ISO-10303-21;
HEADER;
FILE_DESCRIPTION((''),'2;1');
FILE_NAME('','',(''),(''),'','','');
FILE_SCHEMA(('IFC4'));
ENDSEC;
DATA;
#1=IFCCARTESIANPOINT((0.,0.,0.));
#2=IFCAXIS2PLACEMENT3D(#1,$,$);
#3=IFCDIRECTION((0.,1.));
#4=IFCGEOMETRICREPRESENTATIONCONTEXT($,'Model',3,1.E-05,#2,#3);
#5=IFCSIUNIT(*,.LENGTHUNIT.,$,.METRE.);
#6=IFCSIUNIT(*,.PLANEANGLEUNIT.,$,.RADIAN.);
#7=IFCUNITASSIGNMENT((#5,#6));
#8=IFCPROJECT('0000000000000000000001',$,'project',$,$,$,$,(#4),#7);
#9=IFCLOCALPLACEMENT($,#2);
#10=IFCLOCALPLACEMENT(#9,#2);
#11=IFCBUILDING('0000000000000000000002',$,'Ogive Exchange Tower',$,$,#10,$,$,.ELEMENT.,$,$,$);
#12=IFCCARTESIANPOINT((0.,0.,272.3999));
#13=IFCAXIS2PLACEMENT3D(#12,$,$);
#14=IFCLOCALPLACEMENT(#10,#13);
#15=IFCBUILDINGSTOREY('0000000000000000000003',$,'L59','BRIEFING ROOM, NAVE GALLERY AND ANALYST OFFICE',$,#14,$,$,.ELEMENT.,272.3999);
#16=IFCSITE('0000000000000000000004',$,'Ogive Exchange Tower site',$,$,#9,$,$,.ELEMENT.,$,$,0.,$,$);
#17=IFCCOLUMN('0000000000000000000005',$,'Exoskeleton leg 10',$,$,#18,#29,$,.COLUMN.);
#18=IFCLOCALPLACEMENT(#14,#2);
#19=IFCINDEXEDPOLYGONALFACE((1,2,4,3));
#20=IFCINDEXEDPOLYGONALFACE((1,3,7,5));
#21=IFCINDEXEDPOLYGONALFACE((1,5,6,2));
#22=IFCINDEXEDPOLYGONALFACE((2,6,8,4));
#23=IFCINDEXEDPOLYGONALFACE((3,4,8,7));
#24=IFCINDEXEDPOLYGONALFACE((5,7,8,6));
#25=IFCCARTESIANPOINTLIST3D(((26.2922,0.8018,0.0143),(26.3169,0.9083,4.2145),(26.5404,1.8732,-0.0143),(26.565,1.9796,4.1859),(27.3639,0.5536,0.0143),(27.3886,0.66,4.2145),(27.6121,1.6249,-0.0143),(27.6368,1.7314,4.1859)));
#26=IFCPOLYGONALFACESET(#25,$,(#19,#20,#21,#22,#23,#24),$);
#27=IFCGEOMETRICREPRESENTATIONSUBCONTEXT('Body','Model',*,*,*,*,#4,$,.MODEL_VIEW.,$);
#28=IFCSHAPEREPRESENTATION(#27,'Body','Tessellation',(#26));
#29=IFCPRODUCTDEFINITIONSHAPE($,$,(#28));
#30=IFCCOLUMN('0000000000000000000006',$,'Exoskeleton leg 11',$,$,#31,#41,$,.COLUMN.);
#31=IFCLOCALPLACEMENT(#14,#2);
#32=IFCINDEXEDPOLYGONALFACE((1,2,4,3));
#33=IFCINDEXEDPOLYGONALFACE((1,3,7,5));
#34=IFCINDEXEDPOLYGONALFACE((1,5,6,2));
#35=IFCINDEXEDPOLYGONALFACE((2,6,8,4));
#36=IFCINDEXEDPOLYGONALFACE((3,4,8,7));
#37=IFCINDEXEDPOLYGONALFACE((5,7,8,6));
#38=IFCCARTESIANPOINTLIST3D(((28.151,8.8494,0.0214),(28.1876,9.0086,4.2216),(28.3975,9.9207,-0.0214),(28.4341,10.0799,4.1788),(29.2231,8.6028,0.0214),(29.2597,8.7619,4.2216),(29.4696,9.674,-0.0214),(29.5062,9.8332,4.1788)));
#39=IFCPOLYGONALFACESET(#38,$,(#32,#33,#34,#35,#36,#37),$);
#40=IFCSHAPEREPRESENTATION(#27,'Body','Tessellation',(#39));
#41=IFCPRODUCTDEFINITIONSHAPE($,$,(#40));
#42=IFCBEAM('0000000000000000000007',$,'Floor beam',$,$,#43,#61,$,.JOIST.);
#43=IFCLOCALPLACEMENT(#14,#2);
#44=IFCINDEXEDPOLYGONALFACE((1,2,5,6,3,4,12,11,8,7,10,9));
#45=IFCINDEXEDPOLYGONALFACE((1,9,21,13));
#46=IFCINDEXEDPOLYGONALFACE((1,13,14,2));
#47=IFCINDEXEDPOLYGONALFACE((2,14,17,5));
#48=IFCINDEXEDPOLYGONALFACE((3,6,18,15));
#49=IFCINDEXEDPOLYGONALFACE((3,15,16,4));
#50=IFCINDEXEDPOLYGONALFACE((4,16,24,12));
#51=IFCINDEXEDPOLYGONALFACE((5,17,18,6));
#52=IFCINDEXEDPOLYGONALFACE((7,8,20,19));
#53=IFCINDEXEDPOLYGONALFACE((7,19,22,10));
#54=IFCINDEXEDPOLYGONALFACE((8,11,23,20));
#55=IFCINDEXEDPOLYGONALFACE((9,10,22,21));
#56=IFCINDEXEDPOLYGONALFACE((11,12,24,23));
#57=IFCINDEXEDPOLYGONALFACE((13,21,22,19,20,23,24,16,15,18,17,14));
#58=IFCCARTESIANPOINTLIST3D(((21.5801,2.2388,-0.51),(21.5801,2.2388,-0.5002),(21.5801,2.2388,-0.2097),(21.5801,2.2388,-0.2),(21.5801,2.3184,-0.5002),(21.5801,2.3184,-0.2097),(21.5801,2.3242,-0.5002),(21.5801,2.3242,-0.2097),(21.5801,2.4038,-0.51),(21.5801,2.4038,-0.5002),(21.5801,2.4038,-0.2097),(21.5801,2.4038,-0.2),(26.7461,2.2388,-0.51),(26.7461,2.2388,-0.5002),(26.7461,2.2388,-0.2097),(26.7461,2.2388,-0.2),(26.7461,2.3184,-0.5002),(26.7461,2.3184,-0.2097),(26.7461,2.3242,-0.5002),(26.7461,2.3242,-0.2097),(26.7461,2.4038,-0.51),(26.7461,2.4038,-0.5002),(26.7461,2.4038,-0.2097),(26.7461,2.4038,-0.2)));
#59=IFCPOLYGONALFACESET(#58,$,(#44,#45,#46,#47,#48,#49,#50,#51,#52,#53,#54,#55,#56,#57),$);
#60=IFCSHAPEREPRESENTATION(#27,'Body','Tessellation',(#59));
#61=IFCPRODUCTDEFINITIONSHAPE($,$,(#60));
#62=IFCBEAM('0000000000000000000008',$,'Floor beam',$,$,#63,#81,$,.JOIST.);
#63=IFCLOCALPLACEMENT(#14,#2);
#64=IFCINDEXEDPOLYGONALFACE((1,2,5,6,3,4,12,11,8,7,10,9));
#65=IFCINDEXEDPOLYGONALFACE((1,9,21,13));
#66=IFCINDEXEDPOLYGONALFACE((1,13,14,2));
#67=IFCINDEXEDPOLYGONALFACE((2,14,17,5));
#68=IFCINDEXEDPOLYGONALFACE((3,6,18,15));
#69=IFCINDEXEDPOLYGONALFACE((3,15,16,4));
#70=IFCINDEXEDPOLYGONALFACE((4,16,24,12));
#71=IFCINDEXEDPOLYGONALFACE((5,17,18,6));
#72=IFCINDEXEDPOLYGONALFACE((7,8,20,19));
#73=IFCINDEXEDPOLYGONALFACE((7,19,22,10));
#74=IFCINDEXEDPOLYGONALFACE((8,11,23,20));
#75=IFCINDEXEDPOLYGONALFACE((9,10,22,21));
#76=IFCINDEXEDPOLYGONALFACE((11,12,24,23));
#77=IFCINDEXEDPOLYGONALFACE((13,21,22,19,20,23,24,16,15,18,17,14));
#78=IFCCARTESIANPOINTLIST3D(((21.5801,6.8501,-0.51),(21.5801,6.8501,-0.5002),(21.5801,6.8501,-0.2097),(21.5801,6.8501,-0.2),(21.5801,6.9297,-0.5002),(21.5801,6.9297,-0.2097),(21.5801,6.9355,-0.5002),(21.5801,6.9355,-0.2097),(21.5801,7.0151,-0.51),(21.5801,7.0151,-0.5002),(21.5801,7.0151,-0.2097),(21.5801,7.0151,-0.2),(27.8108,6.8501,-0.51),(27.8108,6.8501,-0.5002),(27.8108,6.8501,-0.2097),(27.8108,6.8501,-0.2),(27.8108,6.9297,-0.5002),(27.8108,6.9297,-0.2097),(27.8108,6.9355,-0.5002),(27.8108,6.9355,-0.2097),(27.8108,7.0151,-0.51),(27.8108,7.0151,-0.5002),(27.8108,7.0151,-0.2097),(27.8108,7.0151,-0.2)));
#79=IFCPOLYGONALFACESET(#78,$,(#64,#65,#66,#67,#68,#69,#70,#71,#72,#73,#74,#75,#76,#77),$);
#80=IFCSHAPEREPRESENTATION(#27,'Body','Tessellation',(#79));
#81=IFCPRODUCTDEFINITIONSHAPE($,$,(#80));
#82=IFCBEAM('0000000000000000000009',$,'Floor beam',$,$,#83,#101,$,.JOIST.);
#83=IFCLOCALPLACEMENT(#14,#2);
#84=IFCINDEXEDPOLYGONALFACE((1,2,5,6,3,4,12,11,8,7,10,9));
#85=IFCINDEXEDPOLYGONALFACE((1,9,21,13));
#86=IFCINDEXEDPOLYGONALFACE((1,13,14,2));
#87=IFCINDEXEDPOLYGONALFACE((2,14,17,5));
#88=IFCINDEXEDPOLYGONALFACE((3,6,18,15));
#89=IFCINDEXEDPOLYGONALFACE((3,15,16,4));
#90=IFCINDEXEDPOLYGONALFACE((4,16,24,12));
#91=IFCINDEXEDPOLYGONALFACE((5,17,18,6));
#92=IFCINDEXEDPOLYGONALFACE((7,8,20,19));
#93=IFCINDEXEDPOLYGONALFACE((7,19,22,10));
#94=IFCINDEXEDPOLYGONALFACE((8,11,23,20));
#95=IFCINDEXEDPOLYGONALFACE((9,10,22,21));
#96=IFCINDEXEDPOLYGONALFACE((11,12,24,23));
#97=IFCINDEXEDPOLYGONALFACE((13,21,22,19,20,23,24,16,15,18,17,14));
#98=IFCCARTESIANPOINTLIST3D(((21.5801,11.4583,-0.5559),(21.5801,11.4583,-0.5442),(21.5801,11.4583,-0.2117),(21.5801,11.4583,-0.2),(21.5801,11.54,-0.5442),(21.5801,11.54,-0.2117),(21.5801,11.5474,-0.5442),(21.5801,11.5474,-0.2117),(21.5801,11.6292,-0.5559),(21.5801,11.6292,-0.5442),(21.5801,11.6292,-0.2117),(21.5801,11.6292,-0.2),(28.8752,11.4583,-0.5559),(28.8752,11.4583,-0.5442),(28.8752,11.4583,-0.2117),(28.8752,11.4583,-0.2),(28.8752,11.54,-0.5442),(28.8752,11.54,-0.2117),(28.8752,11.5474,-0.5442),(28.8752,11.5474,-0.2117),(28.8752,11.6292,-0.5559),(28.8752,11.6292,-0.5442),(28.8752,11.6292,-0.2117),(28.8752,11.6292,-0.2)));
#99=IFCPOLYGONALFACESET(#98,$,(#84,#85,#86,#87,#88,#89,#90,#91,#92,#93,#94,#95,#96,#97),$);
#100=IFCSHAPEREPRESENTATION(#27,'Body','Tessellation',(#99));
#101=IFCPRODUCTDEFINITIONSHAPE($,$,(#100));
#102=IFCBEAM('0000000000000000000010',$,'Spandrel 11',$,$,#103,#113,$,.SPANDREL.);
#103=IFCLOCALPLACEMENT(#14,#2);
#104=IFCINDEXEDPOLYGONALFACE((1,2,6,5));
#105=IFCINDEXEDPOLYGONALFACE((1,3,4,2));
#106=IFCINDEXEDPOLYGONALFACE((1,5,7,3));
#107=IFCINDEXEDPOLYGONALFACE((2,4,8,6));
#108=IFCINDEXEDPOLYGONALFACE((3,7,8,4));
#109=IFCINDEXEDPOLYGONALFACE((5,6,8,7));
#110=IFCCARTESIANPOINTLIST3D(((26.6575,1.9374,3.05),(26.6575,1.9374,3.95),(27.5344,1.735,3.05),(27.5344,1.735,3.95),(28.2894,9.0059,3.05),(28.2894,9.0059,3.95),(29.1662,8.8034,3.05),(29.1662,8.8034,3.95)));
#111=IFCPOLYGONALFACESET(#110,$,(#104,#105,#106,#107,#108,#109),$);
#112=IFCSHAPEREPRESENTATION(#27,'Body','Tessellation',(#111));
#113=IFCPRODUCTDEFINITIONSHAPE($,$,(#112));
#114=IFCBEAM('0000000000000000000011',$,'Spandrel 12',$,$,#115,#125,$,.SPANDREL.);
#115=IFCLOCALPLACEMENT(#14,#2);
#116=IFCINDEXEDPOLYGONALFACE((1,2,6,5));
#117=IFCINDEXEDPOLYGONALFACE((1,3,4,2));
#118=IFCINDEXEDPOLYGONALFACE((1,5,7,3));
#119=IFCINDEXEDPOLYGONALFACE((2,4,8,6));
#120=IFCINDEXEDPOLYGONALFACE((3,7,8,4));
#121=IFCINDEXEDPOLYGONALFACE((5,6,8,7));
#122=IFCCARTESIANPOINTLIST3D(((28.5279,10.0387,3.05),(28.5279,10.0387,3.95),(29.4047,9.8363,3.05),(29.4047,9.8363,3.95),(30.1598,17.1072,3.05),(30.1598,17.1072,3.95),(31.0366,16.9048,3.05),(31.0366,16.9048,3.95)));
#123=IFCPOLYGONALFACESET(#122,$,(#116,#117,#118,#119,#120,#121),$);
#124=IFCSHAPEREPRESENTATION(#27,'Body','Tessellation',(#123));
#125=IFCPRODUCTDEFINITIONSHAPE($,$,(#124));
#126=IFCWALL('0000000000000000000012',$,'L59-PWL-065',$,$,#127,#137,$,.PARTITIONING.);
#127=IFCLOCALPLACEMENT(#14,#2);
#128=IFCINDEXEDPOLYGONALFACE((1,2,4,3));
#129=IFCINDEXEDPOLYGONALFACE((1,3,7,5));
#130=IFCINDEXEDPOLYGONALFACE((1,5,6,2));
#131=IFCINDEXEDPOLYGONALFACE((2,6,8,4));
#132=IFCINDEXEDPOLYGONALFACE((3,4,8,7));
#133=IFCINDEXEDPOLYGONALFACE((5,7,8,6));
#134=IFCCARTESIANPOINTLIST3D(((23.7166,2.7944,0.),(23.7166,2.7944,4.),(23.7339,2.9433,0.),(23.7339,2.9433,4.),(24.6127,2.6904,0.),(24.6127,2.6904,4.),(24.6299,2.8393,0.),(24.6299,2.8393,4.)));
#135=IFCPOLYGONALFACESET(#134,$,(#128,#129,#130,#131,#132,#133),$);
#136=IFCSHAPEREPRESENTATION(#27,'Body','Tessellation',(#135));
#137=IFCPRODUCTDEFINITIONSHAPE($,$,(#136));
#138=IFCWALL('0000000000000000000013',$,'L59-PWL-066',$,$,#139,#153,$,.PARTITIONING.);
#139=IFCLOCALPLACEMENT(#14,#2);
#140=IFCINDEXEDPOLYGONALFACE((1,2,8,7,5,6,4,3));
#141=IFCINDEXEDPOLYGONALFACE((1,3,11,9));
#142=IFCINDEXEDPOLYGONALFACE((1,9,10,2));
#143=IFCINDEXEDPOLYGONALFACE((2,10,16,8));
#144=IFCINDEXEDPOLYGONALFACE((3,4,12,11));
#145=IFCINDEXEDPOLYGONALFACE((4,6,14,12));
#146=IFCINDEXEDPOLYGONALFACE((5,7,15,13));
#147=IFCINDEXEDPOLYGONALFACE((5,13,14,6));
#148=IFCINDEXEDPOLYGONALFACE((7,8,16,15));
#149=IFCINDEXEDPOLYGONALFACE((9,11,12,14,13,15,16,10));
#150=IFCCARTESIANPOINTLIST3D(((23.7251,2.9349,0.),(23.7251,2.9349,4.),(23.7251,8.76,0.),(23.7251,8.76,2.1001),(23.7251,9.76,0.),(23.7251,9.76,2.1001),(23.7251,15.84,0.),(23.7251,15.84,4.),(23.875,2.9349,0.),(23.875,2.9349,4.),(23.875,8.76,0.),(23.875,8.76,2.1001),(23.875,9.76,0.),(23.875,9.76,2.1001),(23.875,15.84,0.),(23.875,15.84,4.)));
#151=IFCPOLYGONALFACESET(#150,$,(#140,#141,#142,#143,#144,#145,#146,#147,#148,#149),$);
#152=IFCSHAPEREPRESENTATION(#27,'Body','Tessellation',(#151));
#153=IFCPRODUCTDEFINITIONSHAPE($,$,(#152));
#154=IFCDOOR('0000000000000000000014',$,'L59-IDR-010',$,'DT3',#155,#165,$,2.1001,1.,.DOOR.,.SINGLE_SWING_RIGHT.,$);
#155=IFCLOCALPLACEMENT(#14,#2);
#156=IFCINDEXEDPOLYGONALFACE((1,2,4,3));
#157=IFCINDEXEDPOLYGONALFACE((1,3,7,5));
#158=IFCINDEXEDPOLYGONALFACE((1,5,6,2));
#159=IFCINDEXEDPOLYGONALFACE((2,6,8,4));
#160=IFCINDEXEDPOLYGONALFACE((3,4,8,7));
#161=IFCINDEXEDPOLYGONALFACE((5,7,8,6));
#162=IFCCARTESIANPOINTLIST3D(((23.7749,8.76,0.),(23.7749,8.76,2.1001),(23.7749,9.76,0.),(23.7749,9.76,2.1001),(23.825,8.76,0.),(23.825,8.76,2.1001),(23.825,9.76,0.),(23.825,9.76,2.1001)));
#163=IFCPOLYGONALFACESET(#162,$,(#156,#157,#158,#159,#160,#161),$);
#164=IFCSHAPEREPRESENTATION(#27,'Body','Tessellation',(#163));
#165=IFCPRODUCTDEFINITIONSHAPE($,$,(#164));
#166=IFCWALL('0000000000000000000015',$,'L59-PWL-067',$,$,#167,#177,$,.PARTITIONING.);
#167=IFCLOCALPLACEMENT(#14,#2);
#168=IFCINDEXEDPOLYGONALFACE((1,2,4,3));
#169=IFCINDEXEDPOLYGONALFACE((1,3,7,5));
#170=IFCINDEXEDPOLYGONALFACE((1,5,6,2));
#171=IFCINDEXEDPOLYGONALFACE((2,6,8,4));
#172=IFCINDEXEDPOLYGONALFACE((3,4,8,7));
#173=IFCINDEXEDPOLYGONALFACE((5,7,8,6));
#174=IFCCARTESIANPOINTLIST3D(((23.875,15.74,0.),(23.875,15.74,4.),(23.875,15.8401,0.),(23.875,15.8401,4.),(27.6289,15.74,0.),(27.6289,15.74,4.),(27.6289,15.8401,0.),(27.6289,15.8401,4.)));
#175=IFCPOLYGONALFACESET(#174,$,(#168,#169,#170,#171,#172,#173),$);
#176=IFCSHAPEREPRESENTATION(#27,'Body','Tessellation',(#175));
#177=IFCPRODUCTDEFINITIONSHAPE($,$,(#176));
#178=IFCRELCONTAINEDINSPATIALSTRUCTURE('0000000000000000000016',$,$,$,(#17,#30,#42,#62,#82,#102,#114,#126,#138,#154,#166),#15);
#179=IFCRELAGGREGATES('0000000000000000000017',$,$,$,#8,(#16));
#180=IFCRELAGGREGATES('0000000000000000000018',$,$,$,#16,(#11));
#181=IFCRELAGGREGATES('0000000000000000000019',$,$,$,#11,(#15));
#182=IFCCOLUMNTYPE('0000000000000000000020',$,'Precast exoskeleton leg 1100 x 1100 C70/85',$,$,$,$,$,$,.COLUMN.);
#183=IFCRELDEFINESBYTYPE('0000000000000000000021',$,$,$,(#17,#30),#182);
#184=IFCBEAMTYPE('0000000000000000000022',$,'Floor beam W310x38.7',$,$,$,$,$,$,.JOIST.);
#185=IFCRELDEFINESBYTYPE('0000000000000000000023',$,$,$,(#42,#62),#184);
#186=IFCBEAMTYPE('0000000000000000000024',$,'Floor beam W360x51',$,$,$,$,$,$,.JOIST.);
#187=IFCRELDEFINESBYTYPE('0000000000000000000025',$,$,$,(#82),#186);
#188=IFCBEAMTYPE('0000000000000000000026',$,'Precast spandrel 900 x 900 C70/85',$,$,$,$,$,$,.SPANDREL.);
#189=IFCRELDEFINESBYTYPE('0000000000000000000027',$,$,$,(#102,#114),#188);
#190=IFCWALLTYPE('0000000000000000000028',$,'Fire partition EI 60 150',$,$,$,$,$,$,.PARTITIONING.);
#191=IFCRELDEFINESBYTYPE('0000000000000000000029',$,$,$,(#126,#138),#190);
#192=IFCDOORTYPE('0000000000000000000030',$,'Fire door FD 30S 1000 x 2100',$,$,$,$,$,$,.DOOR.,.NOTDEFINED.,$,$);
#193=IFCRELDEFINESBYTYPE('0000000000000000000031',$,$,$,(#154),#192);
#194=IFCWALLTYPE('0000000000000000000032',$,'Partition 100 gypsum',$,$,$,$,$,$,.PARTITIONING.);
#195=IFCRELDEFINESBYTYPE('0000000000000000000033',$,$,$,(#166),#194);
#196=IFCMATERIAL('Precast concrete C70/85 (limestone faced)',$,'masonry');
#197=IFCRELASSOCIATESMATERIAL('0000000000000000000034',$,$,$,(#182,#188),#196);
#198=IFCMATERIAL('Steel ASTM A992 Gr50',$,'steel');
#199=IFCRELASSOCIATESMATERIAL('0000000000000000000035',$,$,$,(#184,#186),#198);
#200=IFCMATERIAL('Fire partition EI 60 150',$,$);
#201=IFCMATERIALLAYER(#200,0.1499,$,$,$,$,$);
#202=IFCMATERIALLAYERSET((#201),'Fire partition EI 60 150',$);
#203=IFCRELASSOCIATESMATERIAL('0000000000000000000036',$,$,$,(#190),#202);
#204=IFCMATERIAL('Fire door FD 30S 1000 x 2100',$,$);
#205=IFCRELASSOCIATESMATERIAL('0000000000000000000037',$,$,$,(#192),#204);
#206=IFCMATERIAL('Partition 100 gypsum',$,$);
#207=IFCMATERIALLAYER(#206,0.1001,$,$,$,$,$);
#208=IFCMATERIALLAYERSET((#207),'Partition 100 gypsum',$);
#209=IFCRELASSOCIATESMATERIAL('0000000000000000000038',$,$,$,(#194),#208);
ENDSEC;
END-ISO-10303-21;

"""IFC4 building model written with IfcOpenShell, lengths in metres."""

from ifc_helpers import new_model, si_unit, direction, frame, frame_2d, origin, origin_2d, place, context, subcontext, project, spatial, rectangle, i_section, extrude, material, layer, layer_set, material_profile, profile_set, type_object, element, fill, save


model = new_model("IFC4")

# Units and contexts
model_context = context("Model", 3, precision=1e-05, world=origin(), true_north=direction((0.0, 1.0)))
body_context = subcontext(model_context, "Body", "Model", "MODEL_VIEW")
ifc_project = project(units=[si_unit("LENGTHUNIT", "METRE"), si_unit("PLANEANGLEUNIT", "RADIAN")], contexts=[model_context])

# Site, building, storey
site_placement = place(None, origin())
site = spatial("IfcSite", under=ifc_project, at=site_placement, Name="Ogive Exchange Tower site", CompositionType="ELEMENT", RefElevation=0.0)
building_placement = place(site_placement, origin())
building = spatial("IfcBuilding", under=site, at=building_placement, Name="Ogive Exchange Tower", CompositionType="ELEMENT")
storey_placement = place(building_placement, frame((0.0, 0.0, 272.3999)))
storey = spatial("IfcBuildingStorey", under=building, at=storey_placement, Name="L59", Description="BRIEFING ROOM, NAVE GALLERY AND ANALYST OFFICE", CompositionType="ELEMENT", Elevation=272.3999)

# Columns
ifc_material_1 = material(Name="Precast concrete C70/85 (limestone faced)", Category="masonry")
ifc_material_profile_1 = material_profile(ifc_material_1, rectangle(XDim=1.1001, YDim=1.1001, at=origin_2d()), Name="1100 x 1100")
ifc_profile_set_1 = profile_set([ifc_material_profile_1], Name="Precast concrete C70/85 (limestone faced)")
column_type = type_object("IfcColumnType", Name="Precast exoskeleton leg 1100 x 1100 C70/85", PredefinedType="COLUMN", material=ifc_profile_set_1)
column_1_placement = place(storey_placement, frame((26.9521, 1.2134, 0.0), z_axis=(0.005869, 0.025334, 0.999662), x_axis=(-0.974203, 0.225675, 0.0)))
element("IfcColumn", 1, at=column_1_placement, inside=storey, type_object=column_type, Name="Exoskeleton leg 10", PredefinedType="COLUMN", context=body_context, shape_type="SweptSolid", body=[
    extrude(rectangle(XDim=1.1001, YDim=1.1001, at=origin_2d()), origin(), (0.0, 0.0, 1.0), 4.2017),
])
column_2_placement = place(storey_placement, frame((28.8103, 9.2617, 0.0), z_axis=(0.008712, 0.03787, 0.999245), x_axis=(-0.974542, 0.224204, 0.0)))
element("IfcColumn", 2, at=column_2_placement, inside=storey, type_object=column_type, Name="Exoskeleton leg 11", PredefinedType="COLUMN", context=body_context, shape_type="SweptSolid", body=[
    extrude(rectangle(XDim=1.1001, YDim=1.1001, at=origin_2d()), origin(), (0.0, 0.0, 1.0), 4.2034),
])

# Beams
ifc_material_2 = material(Name="Steel ASTM A992 Gr50", Category="steel")
ifc_material_profile_2 = material_profile(ifc_material_2, i_section(OverallWidth=0.165, OverallDepth=0.3101, WebThickness=0.0059, FlangeThickness=0.0098, at=origin_2d()), Name="W310x38.7")
ifc_profile_set_2 = profile_set([ifc_material_profile_2], Name="Steel ASTM A992 Gr50")
beam_type_1 = type_object("IfcBeamType", Name="Floor beam W310x38.7", PredefinedType="JOIST", material=ifc_profile_set_2)
beam_1_placement = place(storey_placement, frame((21.5801, 2.3213, -0.355), z_axis=(1.0, 0.0, 0.0), x_axis=(0.0, 1.0, 0.0)))
element("IfcBeam", 3, at=beam_1_placement, inside=storey, type_object=beam_type_1, Name="Floor beam", PredefinedType="JOIST", context=body_context, shape_type="SweptSolid", body=[
    extrude(i_section(OverallWidth=0.165, OverallDepth=0.3101, WebThickness=0.0059, FlangeThickness=0.0098, at=origin_2d()), origin(), (0.0, 0.0, 1.0), 5.166),
])
beam_2_placement = place(storey_placement, frame((21.5801, 6.9326, -0.355), z_axis=(1.0, 0.0, 0.0), x_axis=(0.0, 1.0, 0.0)))
element("IfcBeam", 4, at=beam_2_placement, inside=storey, type_object=beam_type_1, Name="Floor beam", PredefinedType="JOIST", context=body_context, shape_type="SweptSolid", body=[
    extrude(i_section(OverallWidth=0.165, OverallDepth=0.3101, WebThickness=0.0059, FlangeThickness=0.0098, at=origin_2d()), origin(), (0.0, 0.0, 1.0), 6.2307),
])
ifc_material_profile_3 = material_profile(ifc_material_2, i_section(OverallWidth=0.1709, OverallDepth=0.356, WebThickness=0.0073, FlangeThickness=0.0117, at=origin_2d()), Name="W360x51")
ifc_profile_set_3 = profile_set([ifc_material_profile_3], Name="Steel ASTM A992 Gr50")
beam_type_2 = type_object("IfcBeamType", Name="Floor beam W360x51", PredefinedType="JOIST", material=ifc_profile_set_3)
beam_3_placement = place(storey_placement, frame((21.5801, 11.5437, -0.3779), z_axis=(1.0, 0.0, 0.0), x_axis=(0.0, 1.0, 0.0)))
element("IfcBeam", 5, at=beam_3_placement, inside=storey, type_object=beam_type_2, Name="Floor beam", PredefinedType="JOIST", context=body_context, shape_type="SweptSolid", body=[
    extrude(i_section(OverallWidth=0.1709, OverallDepth=0.356, WebThickness=0.0073, FlangeThickness=0.0117, at=origin_2d()), origin(), (0.0, 0.0, 1.0), 7.2952),
])
ifc_material_profile_4 = material_profile(ifc_material_1, rectangle(XDim=0.8999, YDim=0.8999, at=origin_2d()), Name="900 x 900")
ifc_profile_set_4 = profile_set([ifc_material_profile_4], Name="Precast concrete C70/85 (limestone faced)")
beam_type_3 = type_object("IfcBeamType", Name="Precast spandrel 900 x 900 C70/85", PredefinedType="SPANDREL", material=ifc_profile_set_4)
for number, where, z_axis, x_axis, name in (
    (6, (27.0959, 1.8362, 3.5), (0.224948, 0.974371, 0.0), (-0.974371, 0.224948, 0.0), "Spandrel 11"),
    (7, (28.9663, 9.9375, 3.5), (0.224948, 0.974371, 0.0), (-0.974371, 0.224948, 0.0), "Spandrel 12"),
):
    element("IfcBeam", number, at=place(storey_placement, frame(where, z_axis=z_axis, x_axis=x_axis)), inside=storey, type_object=beam_type_3, Name=name, PredefinedType="SPANDREL", context=body_context, shape_type="SweptSolid", body=[
        extrude(rectangle(XDim=0.8999, YDim=0.8999, at=origin_2d()), origin(), (0.0, 0.0, 1.0), 7.2544),
    ])

# Wall
ifc_material_3 = material(Name="Fire partition EI 60 150")
ifc_layer_1 = layer(ifc_material_3, 0.1499)
ifc_layer_set_1 = layer_set([ifc_layer_1], Name="Fire partition EI 60 150")
wall_type_1 = type_object("IfcWallType", Name="Fire partition EI 60 150", PredefinedType="PARTITIONING", material=ifc_layer_set_1)
wall_1_placement = place(storey_placement, frame((23.7251, 2.8689, 0.0), z_axis=(0.0, 0.0, 1.0), x_axis=(0.99333, -0.115302, 0.0)))
element("IfcWall", 8, at=wall_1_placement, inside=storey, type_object=wall_type_1, Name="L59-PWL-065", PredefinedType="PARTITIONING", context=body_context, shape_type="SweptSolid", body=[
    extrude(rectangle(XDim=0.9021, YDim=0.1499, at=frame_2d((0.4512, 0.0))), origin(), (0.0, 0.0, 1.0), 4.0),
])

# Wall, opening, door
wall_2_placement = place(storey_placement, frame((23.8, 15.8401, 0.0), z_axis=(0.0, 0.0, 1.0), x_axis=(0.0, -1.0, 0.0)))
wall_2 = element("IfcWall", 9, at=wall_2_placement, inside=storey, type_object=wall_type_1, Name="L59-PWL-066", PredefinedType="PARTITIONING", context=body_context, shape_type="SweptSolid", body=[
    extrude(rectangle(XDim=12.905, YDim=0.1499, at=frame_2d((6.4526, 0.0))), origin(), (0.0, 0.0, 1.0), 4.0),
])
opening_1_placement = place(wall_2_placement, frame((6.0801, 0.0, 0.0)))
opening_1 = element("IfcOpeningElement", 10, at=opening_1_placement, cuts=wall_2, PredefinedType="OPENING", context=body_context, shape_type="SweptSolid", body=[
    extrude(rectangle(XDim=1.0, YDim=2.1001, at=frame_2d((0.5, 1.05))), frame((0.0, 0.085, 0.0), z_axis=(0.0, -1.0, 0.0), x_axis=(1.0, 0.0, 0.0)), (0.0, 0.0, 1.0), 0.1699),
])
ifc_material_4 = material(Name="Fire door FD 30S 1000 x 2100")
door_type_1 = type_object("IfcDoorType", Name="Fire door FD 30S 1000 x 2100", OperationType="NOTDEFINED", PredefinedType="DOOR", material=ifc_material_4)
door_1_placement = place(opening_1_placement, origin())
door_1 = element("IfcDoor", 11, at=door_1_placement, inside=storey, type_object=door_type_1, Name="L59-IDR-010", ObjectType="DT3", OperationType="SINGLE_SWING_RIGHT", OverallHeight=2.1001, OverallWidth=1.0, PredefinedType="DOOR", context=body_context, shape_type="SweptSolid", body=[
    extrude(rectangle(XDim=1.0, YDim=2.1001, at=frame_2d((0.5, 1.05))), frame((0.0, 0.0249, 0.0), z_axis=(0.0, -1.0, 0.0), x_axis=(1.0, 0.0, 0.0)), (0.0, 0.0, 1.0), 0.05),
])
fill(opening_1, door_1)

# Wall
ifc_material_5 = material(Name="Partition 100 gypsum")
ifc_layer_2 = layer(ifc_material_5, 0.1001)
ifc_layer_set_2 = layer_set([ifc_layer_2], Name="Partition 100 gypsum")
wall_type_2 = type_object("IfcWallType", Name="Partition 100 gypsum", PredefinedType="PARTITIONING", material=ifc_layer_set_2)
wall_3_placement = place(storey_placement, frame((23.875, 15.79, 0.0), z_axis=(0.0, 0.0, 1.0), x_axis=(1.0, 0.0, 0.0)))
element("IfcWall", 12, at=wall_3_placement, inside=storey, type_object=wall_type_2, Name="L59-PWL-067", PredefinedType="PARTITIONING", context=body_context, shape_type="SweptSolid", body=[
    extrude(rectangle(XDim=3.7539, YDim=0.1001, at=frame_2d((1.877, 0.0))), origin(), (0.0, 0.0, 1.0), 4.0),
])

save(model, "model.ifc")
